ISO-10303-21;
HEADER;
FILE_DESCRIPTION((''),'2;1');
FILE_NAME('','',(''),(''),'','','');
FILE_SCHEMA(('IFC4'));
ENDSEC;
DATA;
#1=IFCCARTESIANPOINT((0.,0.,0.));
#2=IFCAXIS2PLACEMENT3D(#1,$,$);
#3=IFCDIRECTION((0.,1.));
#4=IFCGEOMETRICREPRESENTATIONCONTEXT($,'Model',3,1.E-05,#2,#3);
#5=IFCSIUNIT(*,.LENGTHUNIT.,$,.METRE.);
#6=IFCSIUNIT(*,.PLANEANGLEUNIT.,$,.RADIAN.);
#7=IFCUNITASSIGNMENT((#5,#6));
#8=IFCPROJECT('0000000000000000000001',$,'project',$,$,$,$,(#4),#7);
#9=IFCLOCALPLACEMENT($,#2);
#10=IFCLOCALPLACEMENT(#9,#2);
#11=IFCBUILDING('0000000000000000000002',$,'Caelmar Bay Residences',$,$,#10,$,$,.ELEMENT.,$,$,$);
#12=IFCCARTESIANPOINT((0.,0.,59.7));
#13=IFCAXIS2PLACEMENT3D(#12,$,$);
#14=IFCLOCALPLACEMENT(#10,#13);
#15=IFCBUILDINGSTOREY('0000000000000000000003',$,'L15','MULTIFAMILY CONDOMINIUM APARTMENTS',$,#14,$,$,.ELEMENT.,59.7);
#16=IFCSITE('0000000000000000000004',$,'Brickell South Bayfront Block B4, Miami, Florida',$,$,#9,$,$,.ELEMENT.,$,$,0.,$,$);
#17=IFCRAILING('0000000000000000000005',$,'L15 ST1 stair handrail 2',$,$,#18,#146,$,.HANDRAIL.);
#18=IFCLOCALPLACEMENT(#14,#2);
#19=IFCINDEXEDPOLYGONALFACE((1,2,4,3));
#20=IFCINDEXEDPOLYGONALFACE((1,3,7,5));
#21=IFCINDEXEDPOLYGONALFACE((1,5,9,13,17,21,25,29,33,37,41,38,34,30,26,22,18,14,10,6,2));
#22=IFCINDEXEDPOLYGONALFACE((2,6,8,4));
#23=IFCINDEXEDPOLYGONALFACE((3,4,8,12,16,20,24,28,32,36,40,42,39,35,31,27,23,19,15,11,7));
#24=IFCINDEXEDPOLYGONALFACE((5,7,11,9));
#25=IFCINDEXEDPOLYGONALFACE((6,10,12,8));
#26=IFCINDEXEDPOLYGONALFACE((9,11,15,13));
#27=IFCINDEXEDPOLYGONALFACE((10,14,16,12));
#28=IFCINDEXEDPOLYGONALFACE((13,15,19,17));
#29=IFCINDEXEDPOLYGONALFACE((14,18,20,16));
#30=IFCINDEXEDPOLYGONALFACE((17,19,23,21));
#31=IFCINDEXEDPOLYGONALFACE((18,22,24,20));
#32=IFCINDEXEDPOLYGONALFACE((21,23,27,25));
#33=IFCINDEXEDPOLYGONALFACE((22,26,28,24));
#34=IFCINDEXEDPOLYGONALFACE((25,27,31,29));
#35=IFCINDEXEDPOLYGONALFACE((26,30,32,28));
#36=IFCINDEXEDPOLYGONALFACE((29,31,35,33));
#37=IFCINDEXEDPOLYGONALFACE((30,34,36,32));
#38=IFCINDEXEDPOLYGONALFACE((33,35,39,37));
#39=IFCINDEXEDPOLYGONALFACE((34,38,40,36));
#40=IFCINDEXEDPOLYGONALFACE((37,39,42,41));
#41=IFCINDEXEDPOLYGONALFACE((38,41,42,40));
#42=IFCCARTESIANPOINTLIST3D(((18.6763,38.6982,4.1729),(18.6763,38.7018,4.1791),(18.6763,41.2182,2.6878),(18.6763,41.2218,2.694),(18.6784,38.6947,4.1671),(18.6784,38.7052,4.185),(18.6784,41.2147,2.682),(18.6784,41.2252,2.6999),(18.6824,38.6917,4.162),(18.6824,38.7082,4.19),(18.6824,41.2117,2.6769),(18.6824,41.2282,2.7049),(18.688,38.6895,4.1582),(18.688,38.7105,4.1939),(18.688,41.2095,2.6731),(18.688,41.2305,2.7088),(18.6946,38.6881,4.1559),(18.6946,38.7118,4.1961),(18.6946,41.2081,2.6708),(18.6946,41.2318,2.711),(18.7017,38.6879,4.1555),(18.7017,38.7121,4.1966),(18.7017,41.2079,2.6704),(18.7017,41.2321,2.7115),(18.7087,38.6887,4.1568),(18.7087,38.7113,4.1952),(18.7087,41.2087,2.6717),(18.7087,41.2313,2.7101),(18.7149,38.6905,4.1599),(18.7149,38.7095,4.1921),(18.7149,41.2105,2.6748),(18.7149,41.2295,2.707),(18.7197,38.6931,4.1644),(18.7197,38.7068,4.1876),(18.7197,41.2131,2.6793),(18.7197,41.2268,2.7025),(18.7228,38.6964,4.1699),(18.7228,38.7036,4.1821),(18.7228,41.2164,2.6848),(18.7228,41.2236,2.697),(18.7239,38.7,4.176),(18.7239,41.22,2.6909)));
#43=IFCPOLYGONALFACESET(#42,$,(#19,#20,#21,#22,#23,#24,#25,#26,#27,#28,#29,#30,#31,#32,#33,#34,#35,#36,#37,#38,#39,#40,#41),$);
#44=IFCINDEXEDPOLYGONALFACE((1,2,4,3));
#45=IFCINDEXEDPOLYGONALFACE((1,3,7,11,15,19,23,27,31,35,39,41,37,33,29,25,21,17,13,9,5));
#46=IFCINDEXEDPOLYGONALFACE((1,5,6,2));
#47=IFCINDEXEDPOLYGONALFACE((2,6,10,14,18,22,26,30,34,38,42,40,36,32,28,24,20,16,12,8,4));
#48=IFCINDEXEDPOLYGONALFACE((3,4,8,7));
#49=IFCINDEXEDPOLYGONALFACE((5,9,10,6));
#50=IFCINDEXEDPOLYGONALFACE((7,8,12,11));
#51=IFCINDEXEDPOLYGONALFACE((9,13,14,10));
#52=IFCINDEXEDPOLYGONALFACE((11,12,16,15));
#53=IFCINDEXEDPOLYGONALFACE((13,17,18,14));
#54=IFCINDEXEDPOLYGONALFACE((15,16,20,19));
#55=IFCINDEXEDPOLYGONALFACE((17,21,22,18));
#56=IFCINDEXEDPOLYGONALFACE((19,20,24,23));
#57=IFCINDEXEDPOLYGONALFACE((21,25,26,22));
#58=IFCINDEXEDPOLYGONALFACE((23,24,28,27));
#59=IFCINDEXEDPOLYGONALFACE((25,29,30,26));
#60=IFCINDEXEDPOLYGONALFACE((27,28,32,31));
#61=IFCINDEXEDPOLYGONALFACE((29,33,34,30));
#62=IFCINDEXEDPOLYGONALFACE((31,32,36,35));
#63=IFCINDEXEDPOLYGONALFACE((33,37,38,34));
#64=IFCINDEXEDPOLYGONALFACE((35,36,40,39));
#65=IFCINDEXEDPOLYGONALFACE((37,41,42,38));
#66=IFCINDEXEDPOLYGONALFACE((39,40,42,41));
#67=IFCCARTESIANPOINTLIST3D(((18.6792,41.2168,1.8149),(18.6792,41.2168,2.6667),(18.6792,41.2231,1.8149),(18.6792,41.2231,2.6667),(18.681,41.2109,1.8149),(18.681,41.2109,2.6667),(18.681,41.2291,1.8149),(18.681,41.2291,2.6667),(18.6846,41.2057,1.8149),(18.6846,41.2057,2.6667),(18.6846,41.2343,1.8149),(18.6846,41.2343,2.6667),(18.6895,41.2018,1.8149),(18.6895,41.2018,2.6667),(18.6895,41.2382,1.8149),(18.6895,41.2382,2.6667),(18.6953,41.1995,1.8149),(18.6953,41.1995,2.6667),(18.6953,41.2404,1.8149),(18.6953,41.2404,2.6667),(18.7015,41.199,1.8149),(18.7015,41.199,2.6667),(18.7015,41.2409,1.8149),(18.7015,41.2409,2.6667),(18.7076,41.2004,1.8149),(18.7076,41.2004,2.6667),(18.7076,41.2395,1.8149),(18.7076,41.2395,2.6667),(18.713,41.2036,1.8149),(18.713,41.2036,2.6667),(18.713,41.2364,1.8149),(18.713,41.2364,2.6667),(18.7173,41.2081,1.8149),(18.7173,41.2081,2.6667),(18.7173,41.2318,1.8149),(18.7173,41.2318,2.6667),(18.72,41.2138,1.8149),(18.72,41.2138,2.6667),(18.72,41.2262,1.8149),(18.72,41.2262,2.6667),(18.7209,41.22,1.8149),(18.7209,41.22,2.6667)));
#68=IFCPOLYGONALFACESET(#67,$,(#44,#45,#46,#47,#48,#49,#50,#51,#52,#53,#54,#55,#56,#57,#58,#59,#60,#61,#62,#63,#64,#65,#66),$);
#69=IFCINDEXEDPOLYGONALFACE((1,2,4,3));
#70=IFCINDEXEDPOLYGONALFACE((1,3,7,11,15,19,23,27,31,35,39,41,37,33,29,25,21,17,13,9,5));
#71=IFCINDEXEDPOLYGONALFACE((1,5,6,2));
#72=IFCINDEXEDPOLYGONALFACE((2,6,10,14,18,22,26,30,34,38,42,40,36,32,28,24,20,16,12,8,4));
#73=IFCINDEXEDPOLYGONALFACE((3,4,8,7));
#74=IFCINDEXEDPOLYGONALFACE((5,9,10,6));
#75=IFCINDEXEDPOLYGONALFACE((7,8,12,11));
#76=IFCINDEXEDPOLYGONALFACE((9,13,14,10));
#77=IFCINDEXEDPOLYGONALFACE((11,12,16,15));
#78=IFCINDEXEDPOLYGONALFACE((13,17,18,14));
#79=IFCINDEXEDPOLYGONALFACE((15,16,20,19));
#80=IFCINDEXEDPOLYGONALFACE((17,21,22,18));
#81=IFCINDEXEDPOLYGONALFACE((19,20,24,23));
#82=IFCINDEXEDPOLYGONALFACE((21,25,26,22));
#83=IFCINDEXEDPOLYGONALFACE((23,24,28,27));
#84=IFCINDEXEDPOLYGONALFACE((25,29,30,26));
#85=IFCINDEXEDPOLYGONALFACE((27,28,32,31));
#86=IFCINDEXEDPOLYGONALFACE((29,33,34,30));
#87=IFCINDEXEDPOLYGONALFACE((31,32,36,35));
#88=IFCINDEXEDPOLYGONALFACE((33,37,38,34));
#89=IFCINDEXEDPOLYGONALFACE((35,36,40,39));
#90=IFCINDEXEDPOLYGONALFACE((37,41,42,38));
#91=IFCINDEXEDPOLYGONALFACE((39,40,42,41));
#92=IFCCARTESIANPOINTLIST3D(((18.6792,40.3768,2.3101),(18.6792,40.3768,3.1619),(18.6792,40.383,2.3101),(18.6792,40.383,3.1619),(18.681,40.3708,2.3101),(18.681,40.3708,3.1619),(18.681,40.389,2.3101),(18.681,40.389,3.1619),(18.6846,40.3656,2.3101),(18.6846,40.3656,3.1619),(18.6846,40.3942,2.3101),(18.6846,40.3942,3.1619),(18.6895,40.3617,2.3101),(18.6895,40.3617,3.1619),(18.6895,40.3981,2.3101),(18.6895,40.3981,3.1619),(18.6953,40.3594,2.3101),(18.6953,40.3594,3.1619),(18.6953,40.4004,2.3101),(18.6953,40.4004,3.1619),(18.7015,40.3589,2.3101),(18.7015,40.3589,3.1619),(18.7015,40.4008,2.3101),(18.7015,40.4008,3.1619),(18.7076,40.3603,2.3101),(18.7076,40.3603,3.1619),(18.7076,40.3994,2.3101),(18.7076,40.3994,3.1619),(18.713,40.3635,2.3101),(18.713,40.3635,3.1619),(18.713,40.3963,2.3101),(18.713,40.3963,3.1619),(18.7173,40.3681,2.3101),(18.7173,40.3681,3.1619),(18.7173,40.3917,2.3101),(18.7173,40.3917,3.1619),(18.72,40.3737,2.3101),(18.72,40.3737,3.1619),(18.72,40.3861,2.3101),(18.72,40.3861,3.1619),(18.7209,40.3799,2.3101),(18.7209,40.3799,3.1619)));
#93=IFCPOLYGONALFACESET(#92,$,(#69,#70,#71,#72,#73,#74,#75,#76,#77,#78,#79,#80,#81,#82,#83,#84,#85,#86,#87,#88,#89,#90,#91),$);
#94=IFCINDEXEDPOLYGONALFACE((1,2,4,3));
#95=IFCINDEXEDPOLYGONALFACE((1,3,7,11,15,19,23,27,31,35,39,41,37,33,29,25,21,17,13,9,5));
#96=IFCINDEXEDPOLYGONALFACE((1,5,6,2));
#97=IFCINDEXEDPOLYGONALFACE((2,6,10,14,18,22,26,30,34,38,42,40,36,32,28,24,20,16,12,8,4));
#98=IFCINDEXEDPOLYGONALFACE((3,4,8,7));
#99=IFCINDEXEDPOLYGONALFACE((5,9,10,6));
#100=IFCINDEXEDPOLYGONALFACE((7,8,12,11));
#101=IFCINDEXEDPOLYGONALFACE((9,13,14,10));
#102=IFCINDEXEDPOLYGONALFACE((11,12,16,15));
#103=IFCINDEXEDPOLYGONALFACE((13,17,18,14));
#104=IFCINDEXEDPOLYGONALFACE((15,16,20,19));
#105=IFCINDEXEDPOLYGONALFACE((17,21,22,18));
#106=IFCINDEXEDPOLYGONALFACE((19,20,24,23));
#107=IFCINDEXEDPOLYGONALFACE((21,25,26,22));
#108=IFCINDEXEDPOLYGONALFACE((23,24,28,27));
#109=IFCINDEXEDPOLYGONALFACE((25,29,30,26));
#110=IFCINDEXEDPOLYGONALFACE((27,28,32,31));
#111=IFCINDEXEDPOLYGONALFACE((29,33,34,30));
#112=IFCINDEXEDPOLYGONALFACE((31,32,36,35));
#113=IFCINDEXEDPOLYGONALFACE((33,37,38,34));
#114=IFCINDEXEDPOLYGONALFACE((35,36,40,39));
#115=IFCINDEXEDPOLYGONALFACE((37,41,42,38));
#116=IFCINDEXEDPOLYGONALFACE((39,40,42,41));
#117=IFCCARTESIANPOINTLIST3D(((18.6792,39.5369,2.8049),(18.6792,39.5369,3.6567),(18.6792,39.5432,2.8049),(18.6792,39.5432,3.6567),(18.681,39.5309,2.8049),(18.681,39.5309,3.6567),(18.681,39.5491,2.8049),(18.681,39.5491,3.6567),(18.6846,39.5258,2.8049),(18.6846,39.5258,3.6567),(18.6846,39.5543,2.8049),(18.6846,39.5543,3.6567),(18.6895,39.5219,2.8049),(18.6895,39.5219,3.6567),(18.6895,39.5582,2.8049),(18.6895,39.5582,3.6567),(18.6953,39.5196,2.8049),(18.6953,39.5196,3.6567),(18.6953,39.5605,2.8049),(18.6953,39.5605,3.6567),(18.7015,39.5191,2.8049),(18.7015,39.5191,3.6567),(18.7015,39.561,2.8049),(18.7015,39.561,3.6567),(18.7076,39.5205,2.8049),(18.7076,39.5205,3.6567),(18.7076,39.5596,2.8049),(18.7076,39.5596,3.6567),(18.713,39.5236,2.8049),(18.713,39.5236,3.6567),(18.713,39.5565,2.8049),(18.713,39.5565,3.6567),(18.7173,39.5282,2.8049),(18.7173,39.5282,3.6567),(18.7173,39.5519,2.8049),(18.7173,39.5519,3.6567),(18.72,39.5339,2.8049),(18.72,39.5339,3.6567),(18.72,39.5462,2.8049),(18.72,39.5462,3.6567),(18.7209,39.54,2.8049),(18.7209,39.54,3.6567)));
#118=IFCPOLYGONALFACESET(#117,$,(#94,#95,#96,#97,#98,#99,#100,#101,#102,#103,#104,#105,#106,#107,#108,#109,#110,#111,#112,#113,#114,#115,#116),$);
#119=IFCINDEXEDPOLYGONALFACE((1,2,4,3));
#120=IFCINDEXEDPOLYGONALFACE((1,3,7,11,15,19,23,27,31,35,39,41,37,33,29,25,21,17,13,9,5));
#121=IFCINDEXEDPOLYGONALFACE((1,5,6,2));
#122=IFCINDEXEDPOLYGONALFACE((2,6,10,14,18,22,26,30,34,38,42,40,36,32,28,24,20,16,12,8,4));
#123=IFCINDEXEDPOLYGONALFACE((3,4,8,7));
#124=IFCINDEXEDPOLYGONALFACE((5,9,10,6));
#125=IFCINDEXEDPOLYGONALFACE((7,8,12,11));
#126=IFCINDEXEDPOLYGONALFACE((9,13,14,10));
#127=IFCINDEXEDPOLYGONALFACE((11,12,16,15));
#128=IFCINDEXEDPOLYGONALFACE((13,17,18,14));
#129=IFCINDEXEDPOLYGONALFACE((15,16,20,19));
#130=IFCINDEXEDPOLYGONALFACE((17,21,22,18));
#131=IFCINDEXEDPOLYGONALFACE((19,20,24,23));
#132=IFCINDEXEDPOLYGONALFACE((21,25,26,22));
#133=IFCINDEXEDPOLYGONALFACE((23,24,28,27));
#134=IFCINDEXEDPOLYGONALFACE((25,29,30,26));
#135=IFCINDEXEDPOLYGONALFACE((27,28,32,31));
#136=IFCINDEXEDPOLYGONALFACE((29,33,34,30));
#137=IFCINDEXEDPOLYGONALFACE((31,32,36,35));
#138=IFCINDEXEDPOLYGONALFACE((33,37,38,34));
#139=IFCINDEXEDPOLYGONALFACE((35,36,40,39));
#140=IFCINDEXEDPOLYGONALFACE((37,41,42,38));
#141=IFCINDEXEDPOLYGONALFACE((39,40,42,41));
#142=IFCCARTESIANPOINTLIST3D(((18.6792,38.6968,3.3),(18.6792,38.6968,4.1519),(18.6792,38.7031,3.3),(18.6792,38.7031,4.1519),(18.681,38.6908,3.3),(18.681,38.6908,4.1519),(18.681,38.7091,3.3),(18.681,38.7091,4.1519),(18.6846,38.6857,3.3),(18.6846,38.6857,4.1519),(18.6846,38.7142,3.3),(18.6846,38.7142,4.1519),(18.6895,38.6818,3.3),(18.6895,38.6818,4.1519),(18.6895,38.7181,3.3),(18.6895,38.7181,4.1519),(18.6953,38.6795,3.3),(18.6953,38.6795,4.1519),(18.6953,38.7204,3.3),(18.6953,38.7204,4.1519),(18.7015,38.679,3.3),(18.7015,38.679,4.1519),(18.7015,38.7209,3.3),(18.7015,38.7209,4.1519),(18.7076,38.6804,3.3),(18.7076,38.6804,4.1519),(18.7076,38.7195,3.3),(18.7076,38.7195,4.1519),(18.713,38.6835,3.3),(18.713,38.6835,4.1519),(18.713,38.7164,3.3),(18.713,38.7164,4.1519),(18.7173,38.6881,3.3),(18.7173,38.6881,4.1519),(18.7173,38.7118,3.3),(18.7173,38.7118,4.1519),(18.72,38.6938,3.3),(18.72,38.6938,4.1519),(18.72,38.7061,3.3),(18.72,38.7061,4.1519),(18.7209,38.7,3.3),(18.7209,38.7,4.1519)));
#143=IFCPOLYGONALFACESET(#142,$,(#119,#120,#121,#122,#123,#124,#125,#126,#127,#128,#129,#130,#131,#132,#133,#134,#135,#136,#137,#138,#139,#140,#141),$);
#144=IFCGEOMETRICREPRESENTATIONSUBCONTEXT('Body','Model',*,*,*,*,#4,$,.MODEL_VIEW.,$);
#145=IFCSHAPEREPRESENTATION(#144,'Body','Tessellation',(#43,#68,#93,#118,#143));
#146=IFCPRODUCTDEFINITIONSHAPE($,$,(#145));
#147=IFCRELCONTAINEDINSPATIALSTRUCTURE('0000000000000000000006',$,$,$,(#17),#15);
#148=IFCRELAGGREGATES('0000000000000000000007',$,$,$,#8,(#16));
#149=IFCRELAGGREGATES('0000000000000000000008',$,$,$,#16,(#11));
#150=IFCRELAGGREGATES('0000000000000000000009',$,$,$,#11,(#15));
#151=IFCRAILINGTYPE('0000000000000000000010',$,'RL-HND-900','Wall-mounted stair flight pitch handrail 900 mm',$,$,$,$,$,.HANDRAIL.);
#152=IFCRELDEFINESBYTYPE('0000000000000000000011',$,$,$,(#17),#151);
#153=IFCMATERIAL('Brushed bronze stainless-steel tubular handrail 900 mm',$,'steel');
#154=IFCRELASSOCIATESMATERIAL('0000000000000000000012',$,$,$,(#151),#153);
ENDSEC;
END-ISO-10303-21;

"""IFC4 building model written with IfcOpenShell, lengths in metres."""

from ifc_helpers import new_model, si_unit, direction, frame, origin, origin_2d, place, context, subcontext, project, spatial, circle, extrude, material, type_object, element, save


model = new_model("IFC4")

# Units and contexts
model_context = context("Model", 3, precision=1e-05, world=origin(), true_north=direction((0.0, 1.0)))
body_context = subcontext(model_context, "Body", "Model", "MODEL_VIEW")
ifc_project = project(units=[si_unit("LENGTHUNIT", "METRE"), si_unit("PLANEANGLEUNIT", "RADIAN")], contexts=[model_context])

# Site, building, storey
site_placement = place(None, origin())
site = spatial("IfcSite", under=ifc_project, at=site_placement, Name="Brickell South Bayfront Block B4, Miami, Florida", CompositionType="ELEMENT", RefElevation=0.0)
building_placement = place(site_placement, origin())
building = spatial("IfcBuilding", under=site, at=building_placement, Name="Caelmar Bay Residences", CompositionType="ELEMENT")
storey_placement = place(building_placement, frame((0.0, 0.0, 59.7)))
storey = spatial("IfcBuildingStorey", under=building, at=storey_placement, Name="L15", Description="MULTIFAMILY CONDOMINIUM APARTMENTS", CompositionType="ELEMENT", Elevation=59.7)

# Railing
ifc_material_1 = material(Name="Brushed bronze stainless-steel tubular handrail 900 mm", Category="steel")
railing_type_1 = type_object("IfcRailingType", Name="RL-HND-900", Description="Wall-mounted stair flight pitch handrail 900 mm", PredefinedType="HANDRAIL", material=ifc_material_1)
railing_1_placement = place(storey_placement, frame((18.7, 41.22, 1.8149)))
element("IfcRailing", 1, at=railing_1_placement, inside=storey, type_object=railing_type_1, Name="L15 ST1 stair handrail 2", PredefinedType="HANDRAIL", context=body_context, shape_type="SweptSolid", body=[
    extrude(circle(Radius=0.0239, at=origin_2d()), frame((0.0, 0.0, 0.876), z_axis=(0.0, -0.861524, 0.507717), x_axis=(1.0, 0.0, 0.0)), (0.0, 0.0, 1.0), 2.925),
    extrude(circle(Radius=0.021, at=origin_2d()), origin(), (0.0, 0.0, 1.0), 0.8518),
    extrude(circle(Radius=0.021, at=origin_2d()), frame((0.0, -0.8401, 0.4951)), (0.0, 0.0, 1.0), 0.8518),
    extrude(circle(Radius=0.021, at=origin_2d()), frame((0.0, -1.6799, 0.99)), (0.0, 0.0, 1.0), 0.8518),
    extrude(circle(Radius=0.021, at=origin_2d()), frame((0.0, -2.52, 1.4851)), (0.0, 0.0, 1.0), 0.8518),
])

save(model, "model.ifc")
